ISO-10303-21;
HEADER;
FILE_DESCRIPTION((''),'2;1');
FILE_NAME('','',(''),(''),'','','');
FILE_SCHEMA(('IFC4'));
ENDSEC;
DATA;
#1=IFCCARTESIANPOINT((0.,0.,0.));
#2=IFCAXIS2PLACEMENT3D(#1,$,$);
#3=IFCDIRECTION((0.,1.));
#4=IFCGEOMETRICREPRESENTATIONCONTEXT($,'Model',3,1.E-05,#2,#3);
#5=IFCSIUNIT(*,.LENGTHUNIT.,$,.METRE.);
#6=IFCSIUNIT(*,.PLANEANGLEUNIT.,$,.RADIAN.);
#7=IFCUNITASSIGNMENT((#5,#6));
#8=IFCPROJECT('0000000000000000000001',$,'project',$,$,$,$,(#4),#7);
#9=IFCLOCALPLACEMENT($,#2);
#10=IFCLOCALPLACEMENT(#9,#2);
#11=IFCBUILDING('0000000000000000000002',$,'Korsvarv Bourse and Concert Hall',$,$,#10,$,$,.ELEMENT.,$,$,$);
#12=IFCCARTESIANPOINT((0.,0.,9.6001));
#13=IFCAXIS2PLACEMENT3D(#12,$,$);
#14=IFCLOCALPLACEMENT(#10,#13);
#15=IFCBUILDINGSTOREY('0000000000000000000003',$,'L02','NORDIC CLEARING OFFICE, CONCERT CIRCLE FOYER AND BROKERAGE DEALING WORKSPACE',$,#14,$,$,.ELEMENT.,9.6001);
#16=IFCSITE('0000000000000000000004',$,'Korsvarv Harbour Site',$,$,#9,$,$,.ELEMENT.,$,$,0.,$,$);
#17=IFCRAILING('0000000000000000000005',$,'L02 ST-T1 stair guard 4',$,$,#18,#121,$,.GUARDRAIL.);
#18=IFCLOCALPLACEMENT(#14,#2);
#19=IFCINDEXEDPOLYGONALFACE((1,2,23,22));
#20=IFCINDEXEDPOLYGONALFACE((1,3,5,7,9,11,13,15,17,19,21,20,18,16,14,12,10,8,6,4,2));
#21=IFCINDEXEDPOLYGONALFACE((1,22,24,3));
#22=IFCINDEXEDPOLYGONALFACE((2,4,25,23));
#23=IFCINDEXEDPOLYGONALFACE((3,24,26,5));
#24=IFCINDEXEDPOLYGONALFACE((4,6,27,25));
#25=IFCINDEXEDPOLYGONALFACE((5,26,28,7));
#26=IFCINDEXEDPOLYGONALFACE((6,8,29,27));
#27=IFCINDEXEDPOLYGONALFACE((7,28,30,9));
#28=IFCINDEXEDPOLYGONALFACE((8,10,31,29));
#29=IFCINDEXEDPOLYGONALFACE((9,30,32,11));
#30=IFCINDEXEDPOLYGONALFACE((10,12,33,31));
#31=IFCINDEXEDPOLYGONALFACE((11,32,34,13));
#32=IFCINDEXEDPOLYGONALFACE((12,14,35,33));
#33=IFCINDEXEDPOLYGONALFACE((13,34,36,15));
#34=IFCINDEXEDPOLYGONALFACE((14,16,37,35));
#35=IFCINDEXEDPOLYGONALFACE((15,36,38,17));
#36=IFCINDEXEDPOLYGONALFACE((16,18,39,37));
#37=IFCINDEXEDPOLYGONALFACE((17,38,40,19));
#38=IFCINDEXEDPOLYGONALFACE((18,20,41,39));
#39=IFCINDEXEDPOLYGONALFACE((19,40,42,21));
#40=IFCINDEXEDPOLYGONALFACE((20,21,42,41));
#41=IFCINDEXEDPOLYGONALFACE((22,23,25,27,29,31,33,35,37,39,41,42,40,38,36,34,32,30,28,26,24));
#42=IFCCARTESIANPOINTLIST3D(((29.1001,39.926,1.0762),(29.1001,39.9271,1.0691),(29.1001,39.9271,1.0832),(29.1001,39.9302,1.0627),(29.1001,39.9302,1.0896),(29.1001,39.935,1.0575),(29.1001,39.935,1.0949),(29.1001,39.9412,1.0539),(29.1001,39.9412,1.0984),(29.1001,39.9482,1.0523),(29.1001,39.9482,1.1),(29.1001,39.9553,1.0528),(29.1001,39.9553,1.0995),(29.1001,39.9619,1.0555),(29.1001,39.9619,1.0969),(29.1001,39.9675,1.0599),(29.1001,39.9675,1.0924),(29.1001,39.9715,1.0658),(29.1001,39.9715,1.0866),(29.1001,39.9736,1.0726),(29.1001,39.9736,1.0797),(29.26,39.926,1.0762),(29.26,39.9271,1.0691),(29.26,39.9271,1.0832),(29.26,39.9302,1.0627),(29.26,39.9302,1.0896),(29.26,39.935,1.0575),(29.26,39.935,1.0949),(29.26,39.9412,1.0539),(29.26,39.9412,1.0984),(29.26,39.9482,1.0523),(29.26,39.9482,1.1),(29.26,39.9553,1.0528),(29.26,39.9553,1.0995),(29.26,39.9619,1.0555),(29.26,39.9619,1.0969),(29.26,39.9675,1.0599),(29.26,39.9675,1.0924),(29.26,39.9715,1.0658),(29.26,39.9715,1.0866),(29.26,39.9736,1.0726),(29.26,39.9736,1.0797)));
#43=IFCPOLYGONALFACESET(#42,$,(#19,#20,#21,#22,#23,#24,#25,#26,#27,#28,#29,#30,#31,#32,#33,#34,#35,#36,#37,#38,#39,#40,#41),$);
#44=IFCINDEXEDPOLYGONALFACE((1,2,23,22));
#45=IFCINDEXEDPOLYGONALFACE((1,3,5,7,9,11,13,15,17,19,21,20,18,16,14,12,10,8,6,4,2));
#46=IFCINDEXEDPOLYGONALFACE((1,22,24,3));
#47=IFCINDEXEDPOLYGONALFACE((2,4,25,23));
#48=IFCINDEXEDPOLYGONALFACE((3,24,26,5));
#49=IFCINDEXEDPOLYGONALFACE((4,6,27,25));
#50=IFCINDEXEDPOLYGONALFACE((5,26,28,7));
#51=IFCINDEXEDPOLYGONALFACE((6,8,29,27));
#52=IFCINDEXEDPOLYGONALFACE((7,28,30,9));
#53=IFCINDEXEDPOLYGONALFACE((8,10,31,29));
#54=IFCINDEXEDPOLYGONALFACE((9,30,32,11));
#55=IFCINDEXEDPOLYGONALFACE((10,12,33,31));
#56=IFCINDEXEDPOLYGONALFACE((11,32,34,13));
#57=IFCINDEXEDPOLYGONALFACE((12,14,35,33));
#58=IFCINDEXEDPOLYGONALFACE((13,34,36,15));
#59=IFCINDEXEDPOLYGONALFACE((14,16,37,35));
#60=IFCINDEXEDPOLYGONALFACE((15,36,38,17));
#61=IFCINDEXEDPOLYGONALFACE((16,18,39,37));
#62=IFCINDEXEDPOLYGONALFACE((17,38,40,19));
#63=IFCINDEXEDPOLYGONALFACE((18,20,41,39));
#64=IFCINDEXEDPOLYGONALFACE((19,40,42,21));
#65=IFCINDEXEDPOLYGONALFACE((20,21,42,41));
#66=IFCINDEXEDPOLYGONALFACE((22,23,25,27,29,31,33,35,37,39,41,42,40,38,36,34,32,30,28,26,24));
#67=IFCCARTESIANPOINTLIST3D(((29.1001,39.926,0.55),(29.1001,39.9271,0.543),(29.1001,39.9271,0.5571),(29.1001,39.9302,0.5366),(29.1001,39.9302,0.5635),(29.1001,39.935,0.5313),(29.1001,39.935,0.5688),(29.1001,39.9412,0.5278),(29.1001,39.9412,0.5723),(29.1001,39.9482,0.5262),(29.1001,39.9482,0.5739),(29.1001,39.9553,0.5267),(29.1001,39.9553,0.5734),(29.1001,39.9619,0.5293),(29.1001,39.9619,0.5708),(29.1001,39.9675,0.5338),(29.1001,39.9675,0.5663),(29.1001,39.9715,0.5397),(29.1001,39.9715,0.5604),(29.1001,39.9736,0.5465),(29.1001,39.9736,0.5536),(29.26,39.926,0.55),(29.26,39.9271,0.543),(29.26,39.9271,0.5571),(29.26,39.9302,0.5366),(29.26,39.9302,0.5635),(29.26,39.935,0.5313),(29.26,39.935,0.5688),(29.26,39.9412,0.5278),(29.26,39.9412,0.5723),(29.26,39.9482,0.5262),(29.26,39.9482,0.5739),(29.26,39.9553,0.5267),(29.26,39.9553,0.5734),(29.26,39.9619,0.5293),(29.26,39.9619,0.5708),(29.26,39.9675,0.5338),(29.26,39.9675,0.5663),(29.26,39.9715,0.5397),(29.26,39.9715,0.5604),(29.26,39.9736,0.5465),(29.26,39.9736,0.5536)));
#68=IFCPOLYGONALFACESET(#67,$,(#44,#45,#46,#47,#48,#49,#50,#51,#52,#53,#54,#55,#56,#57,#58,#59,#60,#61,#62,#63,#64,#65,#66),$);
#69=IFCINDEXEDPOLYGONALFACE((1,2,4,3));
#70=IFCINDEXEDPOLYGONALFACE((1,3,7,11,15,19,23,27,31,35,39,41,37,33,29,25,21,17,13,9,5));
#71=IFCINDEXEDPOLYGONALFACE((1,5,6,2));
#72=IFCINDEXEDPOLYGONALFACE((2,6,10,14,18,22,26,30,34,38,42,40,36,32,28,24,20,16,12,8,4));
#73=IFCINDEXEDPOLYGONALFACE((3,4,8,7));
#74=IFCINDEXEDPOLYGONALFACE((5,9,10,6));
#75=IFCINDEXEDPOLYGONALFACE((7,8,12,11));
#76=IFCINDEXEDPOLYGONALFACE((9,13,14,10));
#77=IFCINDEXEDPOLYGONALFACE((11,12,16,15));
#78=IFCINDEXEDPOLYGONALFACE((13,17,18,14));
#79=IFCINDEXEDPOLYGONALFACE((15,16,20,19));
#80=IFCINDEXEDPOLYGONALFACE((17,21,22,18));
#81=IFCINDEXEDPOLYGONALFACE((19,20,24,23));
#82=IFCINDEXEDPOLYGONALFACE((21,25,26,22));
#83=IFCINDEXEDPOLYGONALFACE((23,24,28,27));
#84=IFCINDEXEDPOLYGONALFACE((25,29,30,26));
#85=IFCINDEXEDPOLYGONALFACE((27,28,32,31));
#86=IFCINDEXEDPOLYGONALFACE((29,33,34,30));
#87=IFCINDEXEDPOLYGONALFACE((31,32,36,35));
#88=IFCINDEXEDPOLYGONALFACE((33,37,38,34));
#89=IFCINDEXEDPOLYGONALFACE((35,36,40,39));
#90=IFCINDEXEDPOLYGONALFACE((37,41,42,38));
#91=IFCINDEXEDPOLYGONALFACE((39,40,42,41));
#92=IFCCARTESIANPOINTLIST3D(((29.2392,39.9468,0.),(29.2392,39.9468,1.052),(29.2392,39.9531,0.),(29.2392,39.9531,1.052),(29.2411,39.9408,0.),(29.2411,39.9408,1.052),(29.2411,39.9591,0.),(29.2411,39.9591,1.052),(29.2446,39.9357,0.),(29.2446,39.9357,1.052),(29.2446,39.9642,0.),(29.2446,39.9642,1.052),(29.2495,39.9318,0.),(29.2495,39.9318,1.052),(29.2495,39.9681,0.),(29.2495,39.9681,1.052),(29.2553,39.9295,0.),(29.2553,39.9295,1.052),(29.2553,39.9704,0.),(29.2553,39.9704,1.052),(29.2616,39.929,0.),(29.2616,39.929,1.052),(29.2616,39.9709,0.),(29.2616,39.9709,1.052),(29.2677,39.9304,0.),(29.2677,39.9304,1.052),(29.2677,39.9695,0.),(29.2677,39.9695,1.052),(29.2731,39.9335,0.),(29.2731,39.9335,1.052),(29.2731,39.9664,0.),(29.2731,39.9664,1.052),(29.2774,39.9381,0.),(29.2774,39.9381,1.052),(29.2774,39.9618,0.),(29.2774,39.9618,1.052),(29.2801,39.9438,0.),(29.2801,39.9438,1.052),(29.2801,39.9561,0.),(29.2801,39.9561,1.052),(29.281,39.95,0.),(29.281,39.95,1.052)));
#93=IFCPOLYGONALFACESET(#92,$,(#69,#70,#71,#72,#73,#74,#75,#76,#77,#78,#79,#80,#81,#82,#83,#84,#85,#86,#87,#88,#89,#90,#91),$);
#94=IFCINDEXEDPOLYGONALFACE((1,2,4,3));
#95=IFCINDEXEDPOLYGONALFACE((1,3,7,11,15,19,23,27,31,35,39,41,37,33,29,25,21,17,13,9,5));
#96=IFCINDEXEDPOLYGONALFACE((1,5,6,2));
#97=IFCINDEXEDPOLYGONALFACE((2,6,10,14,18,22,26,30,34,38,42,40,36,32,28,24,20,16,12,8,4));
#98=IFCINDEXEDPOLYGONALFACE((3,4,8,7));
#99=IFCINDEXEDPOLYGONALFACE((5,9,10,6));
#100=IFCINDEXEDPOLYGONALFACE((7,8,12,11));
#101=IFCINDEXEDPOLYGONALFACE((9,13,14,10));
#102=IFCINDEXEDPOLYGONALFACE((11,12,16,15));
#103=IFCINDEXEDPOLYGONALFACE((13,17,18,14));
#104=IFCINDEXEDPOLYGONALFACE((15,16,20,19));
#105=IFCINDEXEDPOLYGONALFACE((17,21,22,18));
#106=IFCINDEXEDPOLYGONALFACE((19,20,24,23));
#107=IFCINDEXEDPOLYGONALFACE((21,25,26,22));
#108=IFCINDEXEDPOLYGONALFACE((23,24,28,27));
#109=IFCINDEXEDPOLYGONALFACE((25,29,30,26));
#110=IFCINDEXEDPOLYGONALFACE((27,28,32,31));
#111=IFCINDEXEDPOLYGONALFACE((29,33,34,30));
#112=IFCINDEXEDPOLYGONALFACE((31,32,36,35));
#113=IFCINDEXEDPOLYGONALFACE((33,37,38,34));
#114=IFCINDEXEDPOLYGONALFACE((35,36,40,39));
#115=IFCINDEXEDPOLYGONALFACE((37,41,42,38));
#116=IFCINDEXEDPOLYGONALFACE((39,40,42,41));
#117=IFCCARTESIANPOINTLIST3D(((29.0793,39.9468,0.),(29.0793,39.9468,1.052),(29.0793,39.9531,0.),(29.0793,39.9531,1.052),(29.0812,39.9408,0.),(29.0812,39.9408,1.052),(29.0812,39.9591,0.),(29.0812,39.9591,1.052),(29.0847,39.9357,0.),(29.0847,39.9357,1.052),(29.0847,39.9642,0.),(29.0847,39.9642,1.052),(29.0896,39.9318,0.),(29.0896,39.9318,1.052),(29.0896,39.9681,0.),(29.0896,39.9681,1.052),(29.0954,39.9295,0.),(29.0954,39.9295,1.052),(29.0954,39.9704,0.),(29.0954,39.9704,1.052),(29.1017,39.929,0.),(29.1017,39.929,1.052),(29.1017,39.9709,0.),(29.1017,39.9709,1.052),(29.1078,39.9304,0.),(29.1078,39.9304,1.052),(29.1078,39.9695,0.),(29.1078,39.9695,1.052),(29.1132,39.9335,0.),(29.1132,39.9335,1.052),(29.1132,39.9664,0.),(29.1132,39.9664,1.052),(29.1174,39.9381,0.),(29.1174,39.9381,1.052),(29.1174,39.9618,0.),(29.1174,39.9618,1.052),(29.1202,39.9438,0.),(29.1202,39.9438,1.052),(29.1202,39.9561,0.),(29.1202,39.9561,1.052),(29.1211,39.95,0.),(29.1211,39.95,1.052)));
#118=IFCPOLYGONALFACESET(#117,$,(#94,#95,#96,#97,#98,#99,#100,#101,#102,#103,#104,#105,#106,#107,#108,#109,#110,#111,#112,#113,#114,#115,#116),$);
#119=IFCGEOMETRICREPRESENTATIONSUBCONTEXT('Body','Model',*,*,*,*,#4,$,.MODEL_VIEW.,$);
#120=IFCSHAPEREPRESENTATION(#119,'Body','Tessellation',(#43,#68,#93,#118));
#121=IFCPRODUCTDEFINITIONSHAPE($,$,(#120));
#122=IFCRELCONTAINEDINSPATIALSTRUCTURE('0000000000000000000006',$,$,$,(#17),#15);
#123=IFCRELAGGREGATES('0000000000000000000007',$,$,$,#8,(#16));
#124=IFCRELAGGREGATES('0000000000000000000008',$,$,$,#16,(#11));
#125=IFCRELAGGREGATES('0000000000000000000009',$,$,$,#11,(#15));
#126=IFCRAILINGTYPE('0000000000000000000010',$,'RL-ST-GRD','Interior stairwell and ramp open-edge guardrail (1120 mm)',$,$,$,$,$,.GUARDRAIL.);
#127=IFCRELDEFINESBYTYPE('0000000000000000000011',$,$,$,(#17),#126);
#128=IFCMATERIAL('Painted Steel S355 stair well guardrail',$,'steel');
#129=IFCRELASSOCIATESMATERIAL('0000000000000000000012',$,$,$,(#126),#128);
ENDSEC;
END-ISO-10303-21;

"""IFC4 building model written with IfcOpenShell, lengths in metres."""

from ifc_helpers import new_model, si_unit, direction, frame, origin, origin_2d, place, context, subcontext, project, spatial, circle, extrude, material, type_object, element, save


model = new_model("IFC4")

# Units and contexts
model_context = context("Model", 3, precision=1e-05, world=origin(), true_north=direction((0.0, 1.0)))
body_context = subcontext(model_context, "Body", "Model", "MODEL_VIEW")
ifc_project = project(units=[si_unit("LENGTHUNIT", "METRE"), si_unit("PLANEANGLEUNIT", "RADIAN")], contexts=[model_context])

# Site, building, storey
site_placement = place(None, origin())
site = spatial("IfcSite", under=ifc_project, at=site_placement, Name="Korsvarv Harbour Site", CompositionType="ELEMENT", RefElevation=0.0)
building_placement = place(site_placement, origin())
building = spatial("IfcBuilding", under=site, at=building_placement, Name="Korsvarv Bourse and Concert Hall", CompositionType="ELEMENT")
storey_placement = place(building_placement, frame((0.0, 0.0, 9.6001)))
storey = spatial("IfcBuildingStorey", under=building, at=storey_placement, Name="L02", Description="NORDIC CLEARING OFFICE, CONCERT CIRCLE FOYER AND BROKERAGE DEALING WORKSPACE", CompositionType="ELEMENT", Elevation=9.6001)

# Railing
ifc_material_1 = material(Name="Painted Steel S355 stair well guardrail", Category="steel")
railing_type_1 = type_object("IfcRailingType", Name="RL-ST-GRD", Description="Interior stairwell and ramp open-edge guardrail (1120 mm)", PredefinedType="GUARDRAIL", material=ifc_material_1)
railing_1_placement = place(storey_placement, frame((29.26, 39.95, 0.0)))
element("IfcRailing", 1, at=railing_1_placement, inside=storey, type_object=railing_type_1, Name="L02 ST-T1 stair guard 4", PredefinedType="GUARDRAIL", context=body_context, shape_type="SweptSolid", body=[
    extrude(circle(Radius=0.0239, at=origin_2d()), frame((0.0, 0.0, 1.0762), z_axis=(-1.0, 0.0, 0.0), x_axis=(0.0, -1.0, 0.0)), (0.0, 0.0, 1.0), 0.1599),
    extrude(circle(Radius=0.0239, at=origin_2d()), frame((0.0, 0.0, 0.55), z_axis=(-1.0, 0.0, 0.0), x_axis=(0.0, -1.0, 0.0)), (0.0, 0.0, 1.0), 0.1599),
    extrude(circle(Radius=0.021, at=origin_2d()), origin(), (0.0, 0.0, 1.0), 1.052),
    extrude(circle(Radius=0.021, at=origin_2d()), frame((-0.1599, 0.0, 0.0)), (0.0, 0.0, 1.0), 1.052),
])

save(model, "model.ifc")
